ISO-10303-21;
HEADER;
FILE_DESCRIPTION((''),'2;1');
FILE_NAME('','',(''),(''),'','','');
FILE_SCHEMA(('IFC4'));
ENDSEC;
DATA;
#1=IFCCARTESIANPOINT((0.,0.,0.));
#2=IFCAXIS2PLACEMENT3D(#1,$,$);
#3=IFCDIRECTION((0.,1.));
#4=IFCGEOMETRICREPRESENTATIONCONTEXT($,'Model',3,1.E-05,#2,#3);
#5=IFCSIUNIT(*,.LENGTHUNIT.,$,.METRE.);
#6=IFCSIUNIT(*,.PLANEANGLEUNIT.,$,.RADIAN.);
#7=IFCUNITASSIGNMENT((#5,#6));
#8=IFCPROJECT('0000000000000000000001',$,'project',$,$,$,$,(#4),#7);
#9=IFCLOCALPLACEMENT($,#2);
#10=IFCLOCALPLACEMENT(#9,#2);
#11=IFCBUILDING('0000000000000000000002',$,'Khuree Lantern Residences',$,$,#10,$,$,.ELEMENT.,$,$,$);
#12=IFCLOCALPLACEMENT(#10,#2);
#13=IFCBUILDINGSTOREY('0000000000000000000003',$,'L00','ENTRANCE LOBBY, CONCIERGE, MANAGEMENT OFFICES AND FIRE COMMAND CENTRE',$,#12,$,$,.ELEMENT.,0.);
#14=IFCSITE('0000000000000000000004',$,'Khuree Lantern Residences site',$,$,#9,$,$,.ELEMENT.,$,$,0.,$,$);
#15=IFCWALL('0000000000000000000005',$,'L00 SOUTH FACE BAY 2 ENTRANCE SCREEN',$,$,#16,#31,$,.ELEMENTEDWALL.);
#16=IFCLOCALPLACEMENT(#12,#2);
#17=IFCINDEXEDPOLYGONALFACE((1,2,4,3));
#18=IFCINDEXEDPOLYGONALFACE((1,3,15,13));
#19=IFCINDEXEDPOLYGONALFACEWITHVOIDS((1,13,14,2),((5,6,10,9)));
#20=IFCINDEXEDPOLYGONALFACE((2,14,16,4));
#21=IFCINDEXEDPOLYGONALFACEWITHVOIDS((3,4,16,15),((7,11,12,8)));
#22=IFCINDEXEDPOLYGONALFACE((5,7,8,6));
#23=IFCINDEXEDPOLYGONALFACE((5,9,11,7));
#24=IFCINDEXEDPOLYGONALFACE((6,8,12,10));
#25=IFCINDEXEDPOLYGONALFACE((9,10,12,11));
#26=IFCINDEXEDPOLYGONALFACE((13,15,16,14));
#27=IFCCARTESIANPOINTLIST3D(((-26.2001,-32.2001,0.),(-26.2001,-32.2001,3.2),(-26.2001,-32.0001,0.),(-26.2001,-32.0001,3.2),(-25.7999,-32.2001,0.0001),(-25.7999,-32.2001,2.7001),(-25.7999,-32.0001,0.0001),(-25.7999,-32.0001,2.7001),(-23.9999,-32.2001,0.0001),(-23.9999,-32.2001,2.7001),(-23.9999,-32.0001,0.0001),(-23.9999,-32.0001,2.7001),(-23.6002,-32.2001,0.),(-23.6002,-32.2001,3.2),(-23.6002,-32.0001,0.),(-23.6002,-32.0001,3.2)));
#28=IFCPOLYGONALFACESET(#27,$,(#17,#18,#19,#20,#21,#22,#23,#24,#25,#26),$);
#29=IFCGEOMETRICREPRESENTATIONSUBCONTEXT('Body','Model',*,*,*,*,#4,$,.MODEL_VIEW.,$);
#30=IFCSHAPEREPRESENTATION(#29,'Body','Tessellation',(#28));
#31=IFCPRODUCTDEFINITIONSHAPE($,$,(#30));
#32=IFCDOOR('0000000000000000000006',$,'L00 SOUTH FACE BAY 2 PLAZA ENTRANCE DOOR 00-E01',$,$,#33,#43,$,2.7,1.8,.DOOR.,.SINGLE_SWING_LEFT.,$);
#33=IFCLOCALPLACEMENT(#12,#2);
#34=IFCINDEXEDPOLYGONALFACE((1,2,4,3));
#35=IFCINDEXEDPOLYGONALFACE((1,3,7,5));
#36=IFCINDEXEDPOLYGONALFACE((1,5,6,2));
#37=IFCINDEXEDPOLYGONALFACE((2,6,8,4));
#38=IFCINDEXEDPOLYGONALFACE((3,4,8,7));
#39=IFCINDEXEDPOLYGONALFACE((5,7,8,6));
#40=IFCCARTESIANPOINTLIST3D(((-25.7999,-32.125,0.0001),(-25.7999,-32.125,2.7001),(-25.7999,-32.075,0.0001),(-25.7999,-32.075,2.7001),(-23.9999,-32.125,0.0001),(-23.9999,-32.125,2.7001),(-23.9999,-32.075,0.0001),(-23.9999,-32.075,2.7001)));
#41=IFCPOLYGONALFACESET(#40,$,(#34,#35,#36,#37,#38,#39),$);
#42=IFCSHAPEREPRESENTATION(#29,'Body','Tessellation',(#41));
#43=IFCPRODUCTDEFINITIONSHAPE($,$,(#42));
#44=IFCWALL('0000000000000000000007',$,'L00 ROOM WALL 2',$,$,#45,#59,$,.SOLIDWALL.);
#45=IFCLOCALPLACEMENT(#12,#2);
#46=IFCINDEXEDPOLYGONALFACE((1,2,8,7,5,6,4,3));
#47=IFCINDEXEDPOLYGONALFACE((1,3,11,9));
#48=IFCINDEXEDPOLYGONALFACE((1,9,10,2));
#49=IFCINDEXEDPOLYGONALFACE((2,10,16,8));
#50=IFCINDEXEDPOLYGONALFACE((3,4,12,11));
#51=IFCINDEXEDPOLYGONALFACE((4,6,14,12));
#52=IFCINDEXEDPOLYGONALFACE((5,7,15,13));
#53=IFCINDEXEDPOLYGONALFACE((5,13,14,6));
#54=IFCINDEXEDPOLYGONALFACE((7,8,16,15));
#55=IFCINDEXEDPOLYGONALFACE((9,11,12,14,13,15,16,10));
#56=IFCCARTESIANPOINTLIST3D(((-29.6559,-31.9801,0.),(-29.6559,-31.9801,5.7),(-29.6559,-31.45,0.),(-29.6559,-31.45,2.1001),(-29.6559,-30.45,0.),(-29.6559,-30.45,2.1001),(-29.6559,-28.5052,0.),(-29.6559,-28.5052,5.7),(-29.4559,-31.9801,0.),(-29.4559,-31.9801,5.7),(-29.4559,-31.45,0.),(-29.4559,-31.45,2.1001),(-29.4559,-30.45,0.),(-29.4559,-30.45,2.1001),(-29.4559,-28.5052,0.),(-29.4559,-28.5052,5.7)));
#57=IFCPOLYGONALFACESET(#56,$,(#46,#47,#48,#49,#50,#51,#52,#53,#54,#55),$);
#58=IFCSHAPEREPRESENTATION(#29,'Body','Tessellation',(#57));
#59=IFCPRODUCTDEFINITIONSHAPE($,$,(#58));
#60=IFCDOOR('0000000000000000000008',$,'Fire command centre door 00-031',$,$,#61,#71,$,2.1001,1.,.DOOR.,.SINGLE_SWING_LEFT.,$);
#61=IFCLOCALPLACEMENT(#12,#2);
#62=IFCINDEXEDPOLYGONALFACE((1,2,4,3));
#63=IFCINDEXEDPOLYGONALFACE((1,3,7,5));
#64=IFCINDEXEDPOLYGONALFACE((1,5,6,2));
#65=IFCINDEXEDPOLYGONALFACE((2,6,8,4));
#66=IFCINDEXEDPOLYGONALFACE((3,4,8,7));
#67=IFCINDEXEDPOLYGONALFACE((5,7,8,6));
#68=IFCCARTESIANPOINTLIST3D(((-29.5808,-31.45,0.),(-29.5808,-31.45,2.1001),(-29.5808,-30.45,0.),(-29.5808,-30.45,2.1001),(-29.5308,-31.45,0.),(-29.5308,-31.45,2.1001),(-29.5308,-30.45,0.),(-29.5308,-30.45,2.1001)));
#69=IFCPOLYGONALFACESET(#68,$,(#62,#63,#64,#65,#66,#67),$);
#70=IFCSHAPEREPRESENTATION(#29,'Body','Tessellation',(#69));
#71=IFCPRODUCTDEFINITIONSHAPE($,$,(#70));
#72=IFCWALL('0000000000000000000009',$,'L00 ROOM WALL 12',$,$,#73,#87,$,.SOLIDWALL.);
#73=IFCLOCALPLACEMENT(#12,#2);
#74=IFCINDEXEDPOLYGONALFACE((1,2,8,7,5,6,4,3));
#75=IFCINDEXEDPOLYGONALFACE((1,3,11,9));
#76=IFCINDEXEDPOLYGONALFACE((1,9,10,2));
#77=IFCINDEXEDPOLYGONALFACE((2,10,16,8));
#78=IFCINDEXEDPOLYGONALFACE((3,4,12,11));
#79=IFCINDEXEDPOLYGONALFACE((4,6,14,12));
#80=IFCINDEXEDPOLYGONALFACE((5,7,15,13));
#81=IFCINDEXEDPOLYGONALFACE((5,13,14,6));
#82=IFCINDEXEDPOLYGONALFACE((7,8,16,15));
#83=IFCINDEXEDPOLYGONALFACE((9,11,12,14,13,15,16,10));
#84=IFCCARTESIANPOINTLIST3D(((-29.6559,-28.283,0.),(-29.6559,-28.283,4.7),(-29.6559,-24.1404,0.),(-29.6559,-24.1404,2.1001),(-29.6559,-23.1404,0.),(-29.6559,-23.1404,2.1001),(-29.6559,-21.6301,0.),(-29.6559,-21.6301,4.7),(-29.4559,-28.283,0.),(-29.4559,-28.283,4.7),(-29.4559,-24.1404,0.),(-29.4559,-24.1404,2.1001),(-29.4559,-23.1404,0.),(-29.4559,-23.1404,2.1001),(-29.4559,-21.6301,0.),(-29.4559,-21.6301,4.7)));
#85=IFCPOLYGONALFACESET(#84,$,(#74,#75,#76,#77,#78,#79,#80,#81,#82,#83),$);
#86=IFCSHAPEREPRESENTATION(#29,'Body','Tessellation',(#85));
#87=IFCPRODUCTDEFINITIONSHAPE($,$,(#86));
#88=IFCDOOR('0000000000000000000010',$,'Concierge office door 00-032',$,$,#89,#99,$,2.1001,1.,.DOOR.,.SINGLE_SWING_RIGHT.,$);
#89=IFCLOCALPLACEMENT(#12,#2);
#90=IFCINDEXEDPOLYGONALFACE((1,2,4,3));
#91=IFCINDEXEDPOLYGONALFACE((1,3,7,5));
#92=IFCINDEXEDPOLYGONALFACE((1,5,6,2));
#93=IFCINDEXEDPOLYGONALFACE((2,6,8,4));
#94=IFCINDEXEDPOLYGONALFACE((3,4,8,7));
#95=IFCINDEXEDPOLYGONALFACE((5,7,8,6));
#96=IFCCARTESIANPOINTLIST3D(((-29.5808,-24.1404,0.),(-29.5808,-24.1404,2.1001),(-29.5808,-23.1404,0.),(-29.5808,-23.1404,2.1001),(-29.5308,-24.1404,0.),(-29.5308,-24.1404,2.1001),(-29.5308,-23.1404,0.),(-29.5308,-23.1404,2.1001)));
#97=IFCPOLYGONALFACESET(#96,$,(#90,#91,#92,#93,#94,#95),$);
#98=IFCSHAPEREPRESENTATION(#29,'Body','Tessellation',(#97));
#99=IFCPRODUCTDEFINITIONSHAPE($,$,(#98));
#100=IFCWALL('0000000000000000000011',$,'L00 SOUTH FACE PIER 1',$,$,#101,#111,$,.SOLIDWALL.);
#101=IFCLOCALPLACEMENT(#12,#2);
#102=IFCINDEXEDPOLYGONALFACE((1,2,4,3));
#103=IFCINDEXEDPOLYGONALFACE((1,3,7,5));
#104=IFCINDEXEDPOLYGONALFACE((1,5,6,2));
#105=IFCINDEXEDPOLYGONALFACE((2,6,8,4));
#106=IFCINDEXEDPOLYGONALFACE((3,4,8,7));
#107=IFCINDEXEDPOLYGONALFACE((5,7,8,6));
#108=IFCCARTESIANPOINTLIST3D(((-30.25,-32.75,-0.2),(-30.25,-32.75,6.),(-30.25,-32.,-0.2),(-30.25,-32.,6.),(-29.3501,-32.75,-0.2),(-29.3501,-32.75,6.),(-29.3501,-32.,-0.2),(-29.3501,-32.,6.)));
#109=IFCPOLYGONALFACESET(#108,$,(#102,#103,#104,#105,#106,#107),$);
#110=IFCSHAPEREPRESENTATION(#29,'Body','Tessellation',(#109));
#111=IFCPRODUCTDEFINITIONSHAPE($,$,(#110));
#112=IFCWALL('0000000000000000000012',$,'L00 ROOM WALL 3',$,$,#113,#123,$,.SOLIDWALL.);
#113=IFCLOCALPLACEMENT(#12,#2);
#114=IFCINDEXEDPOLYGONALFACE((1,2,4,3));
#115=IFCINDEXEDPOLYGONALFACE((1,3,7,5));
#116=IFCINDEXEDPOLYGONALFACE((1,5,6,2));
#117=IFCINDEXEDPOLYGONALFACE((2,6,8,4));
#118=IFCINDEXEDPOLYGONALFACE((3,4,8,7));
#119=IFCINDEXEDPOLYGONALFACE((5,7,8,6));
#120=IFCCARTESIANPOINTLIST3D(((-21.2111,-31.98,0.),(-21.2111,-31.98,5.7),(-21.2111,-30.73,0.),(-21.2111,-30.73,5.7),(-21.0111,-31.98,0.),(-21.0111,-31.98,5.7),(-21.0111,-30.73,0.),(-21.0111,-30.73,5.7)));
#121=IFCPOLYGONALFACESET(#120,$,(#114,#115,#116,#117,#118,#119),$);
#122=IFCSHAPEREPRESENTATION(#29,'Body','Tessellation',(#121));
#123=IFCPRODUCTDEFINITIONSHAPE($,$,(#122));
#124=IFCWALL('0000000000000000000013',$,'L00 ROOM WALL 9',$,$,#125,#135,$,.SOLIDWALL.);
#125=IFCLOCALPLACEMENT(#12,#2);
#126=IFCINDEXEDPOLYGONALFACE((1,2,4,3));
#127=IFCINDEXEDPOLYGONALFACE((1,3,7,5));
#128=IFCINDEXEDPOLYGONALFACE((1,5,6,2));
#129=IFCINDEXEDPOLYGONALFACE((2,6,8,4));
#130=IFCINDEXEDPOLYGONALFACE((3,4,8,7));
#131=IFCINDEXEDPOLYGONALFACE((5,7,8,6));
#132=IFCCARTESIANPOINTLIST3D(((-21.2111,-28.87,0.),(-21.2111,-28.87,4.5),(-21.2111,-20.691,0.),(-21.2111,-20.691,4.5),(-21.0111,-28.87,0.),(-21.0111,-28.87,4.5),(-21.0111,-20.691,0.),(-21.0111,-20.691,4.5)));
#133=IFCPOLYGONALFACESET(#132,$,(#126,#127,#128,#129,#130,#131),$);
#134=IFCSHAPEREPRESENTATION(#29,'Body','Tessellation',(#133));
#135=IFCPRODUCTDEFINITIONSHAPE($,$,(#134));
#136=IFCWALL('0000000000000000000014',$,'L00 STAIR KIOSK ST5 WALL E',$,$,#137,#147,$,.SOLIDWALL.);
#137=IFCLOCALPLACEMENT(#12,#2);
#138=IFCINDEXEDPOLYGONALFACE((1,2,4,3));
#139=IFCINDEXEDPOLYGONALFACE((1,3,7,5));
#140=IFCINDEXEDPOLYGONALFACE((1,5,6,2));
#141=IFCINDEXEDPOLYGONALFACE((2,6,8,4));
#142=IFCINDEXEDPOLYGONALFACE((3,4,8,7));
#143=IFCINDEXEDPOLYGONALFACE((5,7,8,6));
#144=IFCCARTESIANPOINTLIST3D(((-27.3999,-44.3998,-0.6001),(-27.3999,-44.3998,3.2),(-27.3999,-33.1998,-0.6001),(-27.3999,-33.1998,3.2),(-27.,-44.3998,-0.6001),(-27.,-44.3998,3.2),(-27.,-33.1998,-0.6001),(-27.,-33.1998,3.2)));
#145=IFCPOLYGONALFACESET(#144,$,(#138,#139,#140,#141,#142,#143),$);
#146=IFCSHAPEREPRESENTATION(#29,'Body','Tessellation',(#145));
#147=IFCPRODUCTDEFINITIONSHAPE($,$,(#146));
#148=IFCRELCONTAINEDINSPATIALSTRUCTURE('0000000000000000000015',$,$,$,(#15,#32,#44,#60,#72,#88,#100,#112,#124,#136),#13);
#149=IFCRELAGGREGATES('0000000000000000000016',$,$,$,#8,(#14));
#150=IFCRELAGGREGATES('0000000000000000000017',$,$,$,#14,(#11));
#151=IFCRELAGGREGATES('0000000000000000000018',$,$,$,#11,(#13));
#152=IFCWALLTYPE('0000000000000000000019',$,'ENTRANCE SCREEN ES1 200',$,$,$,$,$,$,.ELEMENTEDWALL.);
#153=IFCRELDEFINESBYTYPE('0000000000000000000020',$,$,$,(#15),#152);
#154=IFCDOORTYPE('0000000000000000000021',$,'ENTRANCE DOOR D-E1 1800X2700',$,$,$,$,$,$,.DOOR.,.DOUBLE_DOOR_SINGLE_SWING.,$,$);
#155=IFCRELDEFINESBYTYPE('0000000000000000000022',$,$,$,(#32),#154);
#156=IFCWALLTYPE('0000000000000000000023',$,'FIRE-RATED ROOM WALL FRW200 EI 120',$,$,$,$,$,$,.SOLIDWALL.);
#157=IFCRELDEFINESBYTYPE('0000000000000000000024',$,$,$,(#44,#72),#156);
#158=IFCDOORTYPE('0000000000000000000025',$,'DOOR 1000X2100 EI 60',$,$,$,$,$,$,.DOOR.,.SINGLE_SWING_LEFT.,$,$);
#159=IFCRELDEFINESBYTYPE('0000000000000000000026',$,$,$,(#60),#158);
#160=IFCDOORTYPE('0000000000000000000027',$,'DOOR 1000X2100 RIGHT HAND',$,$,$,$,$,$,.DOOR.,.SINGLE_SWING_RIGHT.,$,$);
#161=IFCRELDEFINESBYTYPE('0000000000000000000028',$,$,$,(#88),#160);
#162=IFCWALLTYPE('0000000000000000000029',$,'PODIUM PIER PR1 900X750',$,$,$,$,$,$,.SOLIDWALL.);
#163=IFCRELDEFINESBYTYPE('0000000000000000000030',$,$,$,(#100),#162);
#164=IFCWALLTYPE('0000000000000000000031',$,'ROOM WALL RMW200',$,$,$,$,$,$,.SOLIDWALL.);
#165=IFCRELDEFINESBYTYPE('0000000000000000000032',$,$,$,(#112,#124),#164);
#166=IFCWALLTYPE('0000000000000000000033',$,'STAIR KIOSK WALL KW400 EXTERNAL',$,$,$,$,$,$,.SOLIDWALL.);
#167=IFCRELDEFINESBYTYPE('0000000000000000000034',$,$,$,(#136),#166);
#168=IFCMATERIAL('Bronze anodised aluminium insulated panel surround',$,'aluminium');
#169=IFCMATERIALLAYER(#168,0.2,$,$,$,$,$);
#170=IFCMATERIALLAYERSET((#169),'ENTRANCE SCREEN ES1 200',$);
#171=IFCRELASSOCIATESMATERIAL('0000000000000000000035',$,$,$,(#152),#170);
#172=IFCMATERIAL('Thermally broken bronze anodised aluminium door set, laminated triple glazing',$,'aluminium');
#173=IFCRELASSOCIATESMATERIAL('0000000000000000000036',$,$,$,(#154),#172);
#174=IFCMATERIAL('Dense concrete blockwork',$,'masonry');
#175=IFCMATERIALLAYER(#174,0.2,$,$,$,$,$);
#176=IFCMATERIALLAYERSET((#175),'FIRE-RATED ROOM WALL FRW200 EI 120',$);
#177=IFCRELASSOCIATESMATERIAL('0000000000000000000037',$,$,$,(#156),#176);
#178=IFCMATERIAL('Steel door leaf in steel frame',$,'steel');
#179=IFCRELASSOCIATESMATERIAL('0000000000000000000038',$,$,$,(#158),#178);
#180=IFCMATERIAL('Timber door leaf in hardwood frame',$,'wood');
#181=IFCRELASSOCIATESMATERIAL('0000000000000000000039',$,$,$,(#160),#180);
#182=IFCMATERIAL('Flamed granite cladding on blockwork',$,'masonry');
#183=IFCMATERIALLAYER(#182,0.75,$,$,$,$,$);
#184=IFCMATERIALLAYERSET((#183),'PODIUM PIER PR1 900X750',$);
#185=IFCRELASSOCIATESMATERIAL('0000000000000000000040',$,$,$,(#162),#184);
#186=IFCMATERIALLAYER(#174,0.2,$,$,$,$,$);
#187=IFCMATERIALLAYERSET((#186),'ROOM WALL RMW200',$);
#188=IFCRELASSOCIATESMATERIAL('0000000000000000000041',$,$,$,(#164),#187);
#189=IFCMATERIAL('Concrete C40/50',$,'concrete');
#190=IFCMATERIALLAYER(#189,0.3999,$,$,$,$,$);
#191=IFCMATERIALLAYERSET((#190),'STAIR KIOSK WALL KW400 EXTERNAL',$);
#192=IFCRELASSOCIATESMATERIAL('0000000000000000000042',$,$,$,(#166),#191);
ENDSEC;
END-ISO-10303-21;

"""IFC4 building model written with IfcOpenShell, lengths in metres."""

from ifc_helpers import new_model, si_unit, direction, frame, frame_2d, origin, place, context, subcontext, project, spatial, rectangle, extrude, material, layer, layer_set, type_object, element, fill, save


model = new_model("IFC4")

# Units and contexts
model_context = context("Model", 3, precision=1e-05, world=origin(), true_north=direction((0.0, 1.0)))
body_context = subcontext(model_context, "Body", "Model", "MODEL_VIEW")
ifc_project = project(units=[si_unit("LENGTHUNIT", "METRE"), si_unit("PLANEANGLEUNIT", "RADIAN")], contexts=[model_context])

# Site, building, storey
site_placement = place(None, origin())
site = spatial("IfcSite", under=ifc_project, at=site_placement, Name="Khuree Lantern Residences site", CompositionType="ELEMENT", RefElevation=0.0)
building_placement = place(site_placement, origin())
building = spatial("IfcBuilding", under=site, at=building_placement, Name="Khuree Lantern Residences", CompositionType="ELEMENT")
storey_placement = place(building_placement, origin())
storey = spatial("IfcBuildingStorey", under=building, at=storey_placement, Name="L00", Description="ENTRANCE LOBBY, CONCIERGE, MANAGEMENT OFFICES AND FIRE COMMAND CENTRE", CompositionType="ELEMENT", Elevation=0.0)

# Walls, openings, doors
ifc_material_1 = material(Name="Bronze anodised aluminium insulated panel surround", Category="aluminium")
ifc_layer_1 = layer(ifc_material_1, 0.2)
ifc_layer_set_1 = layer_set([ifc_layer_1], Name="ENTRANCE SCREEN ES1 200")
wall_type_1 = type_object("IfcWallType", Name="ENTRANCE SCREEN ES1 200", PredefinedType="ELEMENTEDWALL", material=ifc_layer_set_1)
wall_1_placement = place(storey_placement, frame((-26.2, -32.1001, 0.0), z_axis=(0.0, 0.0, 1.0), x_axis=(1.0, 0.0, 0.0)))
wall_1 = element("IfcWall", 1, at=wall_1_placement, inside=storey, type_object=wall_type_1, Name="L00 SOUTH FACE BAY 2 ENTRANCE SCREEN", PredefinedType="ELEMENTEDWALL", context=body_context, shape_type="SweptSolid", body=[
    extrude(rectangle(XDim=2.5999, YDim=0.2, at=frame_2d((1.2998, 0.0))), origin(), (0.0, 0.0, 1.0), 3.2),
])
opening_1_placement = place(wall_1_placement, frame((2.2, 0.0, 0.0), z_axis=(0.0, 0.0, 1.0), x_axis=(-1.0, 0.0, 0.0)))
opening_1 = element("IfcOpeningElement", 2, at=opening_1_placement, cuts=wall_1, PredefinedType="OPENING", context=body_context, shape_type="SweptSolid", body=[
    extrude(rectangle(XDim=1.8, YDim=2.7, at=frame_2d((0.8999, 1.3501))), frame((0.0, 0.1099, 0.0), z_axis=(0.0, -1.0, 0.0), x_axis=(1.0, 0.0, 0.0)), (0.0, 0.0, 1.0), 0.22),
])
ifc_material_2 = material(Name="Thermally broken bronze anodised aluminium door set, laminated triple glazing", Category="aluminium")
door_type_1 = type_object("IfcDoorType", Name="ENTRANCE DOOR D-E1 1800X2700", OperationType="DOUBLE_DOOR_SINGLE_SWING", PredefinedType="DOOR", material=ifc_material_2)
door_1_placement = place(opening_1_placement, origin())
door_1 = element("IfcDoor", 3, at=door_1_placement, inside=storey, type_object=door_type_1, Name="L00 SOUTH FACE BAY 2 PLAZA ENTRANCE DOOR 00-E01", OperationType="SINGLE_SWING_LEFT", OverallHeight=2.7, OverallWidth=1.8, PredefinedType="DOOR", context=body_context, shape_type="SweptSolid", body=[
    extrude(rectangle(XDim=1.8, YDim=2.7, at=frame_2d((0.8999, 1.3501))), frame((0.0, 0.0249, 0.0), z_axis=(0.0, -1.0, 0.0), x_axis=(1.0, 0.0, 0.0)), (0.0, 0.0, 1.0), 0.05),
])
fill(opening_1, door_1)
ifc_material_3 = material(Name="Dense concrete blockwork", Category="masonry")
ifc_layer_2 = layer(ifc_material_3, 0.2)
ifc_layer_set_2 = layer_set([ifc_layer_2], Name="FIRE-RATED ROOM WALL FRW200 EI 120")
wall_type_2 = type_object("IfcWallType", Name="FIRE-RATED ROOM WALL FRW200 EI 120", PredefinedType="SOLIDWALL", material=ifc_layer_set_2)
wall_2_placement = place(storey_placement, frame((-29.5559, -31.98, 0.0), z_axis=(0.0, 0.0, 1.0), x_axis=(0.0, 1.0, 0.0)))
wall_2 = element("IfcWall", 4, at=wall_2_placement, inside=storey, type_object=wall_type_2, Name="L00 ROOM WALL 2", PredefinedType="SOLIDWALL", context=body_context, shape_type="SweptSolid", body=[
    extrude(rectangle(XDim=3.4749, YDim=0.2, at=frame_2d((1.7373, 0.0))), origin(), (0.0, 0.0, 1.0), 5.7),
])
opening_2_placement = place(wall_2_placement, frame((0.53, 0.0, 0.0)))
opening_2 = element("IfcOpeningElement", 5, at=opening_2_placement, cuts=wall_2, PredefinedType="OPENING", context=body_context, shape_type="SweptSolid", body=[
    extrude(rectangle(XDim=1.0, YDim=2.1001, at=frame_2d((0.5, 1.05))), frame((0.0, 0.1099, 0.0), z_axis=(0.0, -1.0, 0.0), x_axis=(1.0, 0.0, 0.0)), (0.0, 0.0, 1.0), 0.22),
])
ifc_material_4 = material(Name="Steel door leaf in steel frame", Category="steel")
door_type_2 = type_object("IfcDoorType", Name="DOOR 1000X2100 EI 60", OperationType="SINGLE_SWING_LEFT", PredefinedType="DOOR", material=ifc_material_4)
door_2_placement = place(opening_2_placement, origin())
door_2 = element("IfcDoor", 6, at=door_2_placement, inside=storey, type_object=door_type_2, Name="Fire command centre door 00-031", OperationType="SINGLE_SWING_LEFT", OverallHeight=2.1001, OverallWidth=1.0, PredefinedType="DOOR", context=body_context, shape_type="SweptSolid", body=[
    extrude(rectangle(XDim=1.0, YDim=2.1001, at=frame_2d((0.5, 1.05))), frame((0.0, 0.0249, 0.0), z_axis=(0.0, -1.0, 0.0), x_axis=(1.0, 0.0, 0.0)), (0.0, 0.0, 1.0), 0.05),
])
fill(opening_2, door_2)
wall_3_placement = place(storey_placement, frame((-29.5559, -28.283, 0.0), z_axis=(0.0, 0.0, 1.0), x_axis=(0.0, 1.0, 0.0)))
wall_3 = element("IfcWall", 7, at=wall_3_placement, inside=storey, type_object=wall_type_2, Name="L00 ROOM WALL 12", PredefinedType="SOLIDWALL", context=body_context, shape_type="SweptSolid", body=[
    extrude(rectangle(XDim=6.6528, YDim=0.2, at=frame_2d((3.3264, 0.0))), origin(), (0.0, 0.0, 1.0), 4.7),
])
opening_3_placement = place(wall_3_placement, frame((4.1426, 0.0, 0.0)))
opening_3 = element("IfcOpeningElement", 8, at=opening_3_placement, cuts=wall_3, PredefinedType="OPENING", context=body_context, shape_type="SweptSolid", body=[
    extrude(rectangle(XDim=1.0, YDim=2.1001, at=frame_2d((0.5, 1.05))), frame((0.0, 0.1099, 0.0), z_axis=(0.0, -1.0, 0.0), x_axis=(1.0, 0.0, 0.0)), (0.0, 0.0, 1.0), 0.22),
])
ifc_material_5 = material(Name="Timber door leaf in hardwood frame", Category="wood")
door_type_3 = type_object("IfcDoorType", Name="DOOR 1000X2100 RIGHT HAND", OperationType="SINGLE_SWING_RIGHT", PredefinedType="DOOR", material=ifc_material_5)
door_3_placement = place(opening_3_placement, origin())
door_3 = element("IfcDoor", 9, at=door_3_placement, inside=storey, type_object=door_type_3, Name="Concierge office door 00-032", OperationType="SINGLE_SWING_RIGHT", OverallHeight=2.1001, OverallWidth=1.0, PredefinedType="DOOR", context=body_context, shape_type="SweptSolid", body=[
    extrude(rectangle(XDim=1.0, YDim=2.1001, at=frame_2d((0.5, 1.05))), frame((0.0, 0.0249, 0.0), z_axis=(0.0, -1.0, 0.0), x_axis=(1.0, 0.0, 0.0)), (0.0, 0.0, 1.0), 0.05),
])
fill(opening_3, door_3)

# Walls
ifc_material_6 = material(Name="Flamed granite cladding on blockwork", Category="masonry")
ifc_layer_3 = layer(ifc_material_6, 0.75)
ifc_layer_set_3 = layer_set([ifc_layer_3], Name="PODIUM PIER PR1 900X750")
wall_type_3 = type_object("IfcWallType", Name="PODIUM PIER PR1 900X750", PredefinedType="SOLIDWALL", material=ifc_layer_set_3)
wall_4_placement = place(storey_placement, frame((-30.25, -32.375, -0.2), z_axis=(0.0, 0.0, 1.0), x_axis=(1.0, 0.0, 0.0)))
element("IfcWall", 10, at=wall_4_placement, inside=storey, type_object=wall_type_3, Name="L00 SOUTH FACE PIER 1", PredefinedType="SOLIDWALL", context=body_context, shape_type="SweptSolid", body=[
    extrude(rectangle(XDim=0.8999, YDim=0.75, at=frame_2d((0.45, 0.0))), origin(), (0.0, 0.0, 1.0), 6.2),
])
ifc_layer_4 = layer(ifc_material_3, 0.2)
ifc_layer_set_4 = layer_set([ifc_layer_4], Name="ROOM WALL RMW200")
wall_type_4 = type_object("IfcWallType", Name="ROOM WALL RMW200", PredefinedType="SOLIDWALL", material=ifc_layer_set_4)
wall_5_placement = place(storey_placement, frame((-21.1111, -31.98, 0.0), z_axis=(0.0, 0.0, 1.0), x_axis=(0.0, 1.0, 0.0)))
element("IfcWall", 11, at=wall_5_placement, inside=storey, type_object=wall_type_4, Name="L00 ROOM WALL 3", PredefinedType="SOLIDWALL", context=body_context, shape_type="SweptSolid", body=[
    extrude(rectangle(XDim=1.25, YDim=0.2, at=frame_2d((0.625, 0.0))), origin(), (0.0, 0.0, 1.0), 5.7),
])
wall_6_placement = place(storey_placement, frame((-21.1111, -28.8699, 0.0), z_axis=(0.0, 0.0, 1.0), x_axis=(0.0, 1.0, 0.0)))
element("IfcWall", 12, at=wall_6_placement, inside=storey, type_object=wall_type_4, Name="L00 ROOM WALL 9", PredefinedType="SOLIDWALL", context=body_context, shape_type="SweptSolid", body=[
    extrude(rectangle(XDim=8.179, YDim=0.2, at=frame_2d((4.0894, 0.0))), origin(), (0.0, 0.0, 1.0), 4.5),
])
ifc_material_7 = material(Name="Concrete C40/50", Category="concrete")
ifc_layer_5 = layer(ifc_material_7, 0.3999)
ifc_layer_set_5 = layer_set([ifc_layer_5], Name="STAIR KIOSK WALL KW400 EXTERNAL")
wall_type_5 = type_object("IfcWallType", Name="STAIR KIOSK WALL KW400 EXTERNAL", PredefinedType="SOLIDWALL", material=ifc_layer_set_5)
wall_7_placement = place(storey_placement, frame((-27.2, -44.3999, -0.6001), z_axis=(0.0, 0.0, 1.0), x_axis=(0.0, 1.0, 0.0)))
element("IfcWall", 13, at=wall_7_placement, inside=storey, type_object=wall_type_5, Name="L00 STAIR KIOSK ST5 WALL E", PredefinedType="SOLIDWALL", context=body_context, shape_type="SweptSolid", body=[
    extrude(rectangle(XDim=11.2, YDim=0.3999, at=frame_2d((5.6001, 0.0))), origin(), (0.0, 0.0, 1.0), 3.8),
])

save(model, "model.ifc")
